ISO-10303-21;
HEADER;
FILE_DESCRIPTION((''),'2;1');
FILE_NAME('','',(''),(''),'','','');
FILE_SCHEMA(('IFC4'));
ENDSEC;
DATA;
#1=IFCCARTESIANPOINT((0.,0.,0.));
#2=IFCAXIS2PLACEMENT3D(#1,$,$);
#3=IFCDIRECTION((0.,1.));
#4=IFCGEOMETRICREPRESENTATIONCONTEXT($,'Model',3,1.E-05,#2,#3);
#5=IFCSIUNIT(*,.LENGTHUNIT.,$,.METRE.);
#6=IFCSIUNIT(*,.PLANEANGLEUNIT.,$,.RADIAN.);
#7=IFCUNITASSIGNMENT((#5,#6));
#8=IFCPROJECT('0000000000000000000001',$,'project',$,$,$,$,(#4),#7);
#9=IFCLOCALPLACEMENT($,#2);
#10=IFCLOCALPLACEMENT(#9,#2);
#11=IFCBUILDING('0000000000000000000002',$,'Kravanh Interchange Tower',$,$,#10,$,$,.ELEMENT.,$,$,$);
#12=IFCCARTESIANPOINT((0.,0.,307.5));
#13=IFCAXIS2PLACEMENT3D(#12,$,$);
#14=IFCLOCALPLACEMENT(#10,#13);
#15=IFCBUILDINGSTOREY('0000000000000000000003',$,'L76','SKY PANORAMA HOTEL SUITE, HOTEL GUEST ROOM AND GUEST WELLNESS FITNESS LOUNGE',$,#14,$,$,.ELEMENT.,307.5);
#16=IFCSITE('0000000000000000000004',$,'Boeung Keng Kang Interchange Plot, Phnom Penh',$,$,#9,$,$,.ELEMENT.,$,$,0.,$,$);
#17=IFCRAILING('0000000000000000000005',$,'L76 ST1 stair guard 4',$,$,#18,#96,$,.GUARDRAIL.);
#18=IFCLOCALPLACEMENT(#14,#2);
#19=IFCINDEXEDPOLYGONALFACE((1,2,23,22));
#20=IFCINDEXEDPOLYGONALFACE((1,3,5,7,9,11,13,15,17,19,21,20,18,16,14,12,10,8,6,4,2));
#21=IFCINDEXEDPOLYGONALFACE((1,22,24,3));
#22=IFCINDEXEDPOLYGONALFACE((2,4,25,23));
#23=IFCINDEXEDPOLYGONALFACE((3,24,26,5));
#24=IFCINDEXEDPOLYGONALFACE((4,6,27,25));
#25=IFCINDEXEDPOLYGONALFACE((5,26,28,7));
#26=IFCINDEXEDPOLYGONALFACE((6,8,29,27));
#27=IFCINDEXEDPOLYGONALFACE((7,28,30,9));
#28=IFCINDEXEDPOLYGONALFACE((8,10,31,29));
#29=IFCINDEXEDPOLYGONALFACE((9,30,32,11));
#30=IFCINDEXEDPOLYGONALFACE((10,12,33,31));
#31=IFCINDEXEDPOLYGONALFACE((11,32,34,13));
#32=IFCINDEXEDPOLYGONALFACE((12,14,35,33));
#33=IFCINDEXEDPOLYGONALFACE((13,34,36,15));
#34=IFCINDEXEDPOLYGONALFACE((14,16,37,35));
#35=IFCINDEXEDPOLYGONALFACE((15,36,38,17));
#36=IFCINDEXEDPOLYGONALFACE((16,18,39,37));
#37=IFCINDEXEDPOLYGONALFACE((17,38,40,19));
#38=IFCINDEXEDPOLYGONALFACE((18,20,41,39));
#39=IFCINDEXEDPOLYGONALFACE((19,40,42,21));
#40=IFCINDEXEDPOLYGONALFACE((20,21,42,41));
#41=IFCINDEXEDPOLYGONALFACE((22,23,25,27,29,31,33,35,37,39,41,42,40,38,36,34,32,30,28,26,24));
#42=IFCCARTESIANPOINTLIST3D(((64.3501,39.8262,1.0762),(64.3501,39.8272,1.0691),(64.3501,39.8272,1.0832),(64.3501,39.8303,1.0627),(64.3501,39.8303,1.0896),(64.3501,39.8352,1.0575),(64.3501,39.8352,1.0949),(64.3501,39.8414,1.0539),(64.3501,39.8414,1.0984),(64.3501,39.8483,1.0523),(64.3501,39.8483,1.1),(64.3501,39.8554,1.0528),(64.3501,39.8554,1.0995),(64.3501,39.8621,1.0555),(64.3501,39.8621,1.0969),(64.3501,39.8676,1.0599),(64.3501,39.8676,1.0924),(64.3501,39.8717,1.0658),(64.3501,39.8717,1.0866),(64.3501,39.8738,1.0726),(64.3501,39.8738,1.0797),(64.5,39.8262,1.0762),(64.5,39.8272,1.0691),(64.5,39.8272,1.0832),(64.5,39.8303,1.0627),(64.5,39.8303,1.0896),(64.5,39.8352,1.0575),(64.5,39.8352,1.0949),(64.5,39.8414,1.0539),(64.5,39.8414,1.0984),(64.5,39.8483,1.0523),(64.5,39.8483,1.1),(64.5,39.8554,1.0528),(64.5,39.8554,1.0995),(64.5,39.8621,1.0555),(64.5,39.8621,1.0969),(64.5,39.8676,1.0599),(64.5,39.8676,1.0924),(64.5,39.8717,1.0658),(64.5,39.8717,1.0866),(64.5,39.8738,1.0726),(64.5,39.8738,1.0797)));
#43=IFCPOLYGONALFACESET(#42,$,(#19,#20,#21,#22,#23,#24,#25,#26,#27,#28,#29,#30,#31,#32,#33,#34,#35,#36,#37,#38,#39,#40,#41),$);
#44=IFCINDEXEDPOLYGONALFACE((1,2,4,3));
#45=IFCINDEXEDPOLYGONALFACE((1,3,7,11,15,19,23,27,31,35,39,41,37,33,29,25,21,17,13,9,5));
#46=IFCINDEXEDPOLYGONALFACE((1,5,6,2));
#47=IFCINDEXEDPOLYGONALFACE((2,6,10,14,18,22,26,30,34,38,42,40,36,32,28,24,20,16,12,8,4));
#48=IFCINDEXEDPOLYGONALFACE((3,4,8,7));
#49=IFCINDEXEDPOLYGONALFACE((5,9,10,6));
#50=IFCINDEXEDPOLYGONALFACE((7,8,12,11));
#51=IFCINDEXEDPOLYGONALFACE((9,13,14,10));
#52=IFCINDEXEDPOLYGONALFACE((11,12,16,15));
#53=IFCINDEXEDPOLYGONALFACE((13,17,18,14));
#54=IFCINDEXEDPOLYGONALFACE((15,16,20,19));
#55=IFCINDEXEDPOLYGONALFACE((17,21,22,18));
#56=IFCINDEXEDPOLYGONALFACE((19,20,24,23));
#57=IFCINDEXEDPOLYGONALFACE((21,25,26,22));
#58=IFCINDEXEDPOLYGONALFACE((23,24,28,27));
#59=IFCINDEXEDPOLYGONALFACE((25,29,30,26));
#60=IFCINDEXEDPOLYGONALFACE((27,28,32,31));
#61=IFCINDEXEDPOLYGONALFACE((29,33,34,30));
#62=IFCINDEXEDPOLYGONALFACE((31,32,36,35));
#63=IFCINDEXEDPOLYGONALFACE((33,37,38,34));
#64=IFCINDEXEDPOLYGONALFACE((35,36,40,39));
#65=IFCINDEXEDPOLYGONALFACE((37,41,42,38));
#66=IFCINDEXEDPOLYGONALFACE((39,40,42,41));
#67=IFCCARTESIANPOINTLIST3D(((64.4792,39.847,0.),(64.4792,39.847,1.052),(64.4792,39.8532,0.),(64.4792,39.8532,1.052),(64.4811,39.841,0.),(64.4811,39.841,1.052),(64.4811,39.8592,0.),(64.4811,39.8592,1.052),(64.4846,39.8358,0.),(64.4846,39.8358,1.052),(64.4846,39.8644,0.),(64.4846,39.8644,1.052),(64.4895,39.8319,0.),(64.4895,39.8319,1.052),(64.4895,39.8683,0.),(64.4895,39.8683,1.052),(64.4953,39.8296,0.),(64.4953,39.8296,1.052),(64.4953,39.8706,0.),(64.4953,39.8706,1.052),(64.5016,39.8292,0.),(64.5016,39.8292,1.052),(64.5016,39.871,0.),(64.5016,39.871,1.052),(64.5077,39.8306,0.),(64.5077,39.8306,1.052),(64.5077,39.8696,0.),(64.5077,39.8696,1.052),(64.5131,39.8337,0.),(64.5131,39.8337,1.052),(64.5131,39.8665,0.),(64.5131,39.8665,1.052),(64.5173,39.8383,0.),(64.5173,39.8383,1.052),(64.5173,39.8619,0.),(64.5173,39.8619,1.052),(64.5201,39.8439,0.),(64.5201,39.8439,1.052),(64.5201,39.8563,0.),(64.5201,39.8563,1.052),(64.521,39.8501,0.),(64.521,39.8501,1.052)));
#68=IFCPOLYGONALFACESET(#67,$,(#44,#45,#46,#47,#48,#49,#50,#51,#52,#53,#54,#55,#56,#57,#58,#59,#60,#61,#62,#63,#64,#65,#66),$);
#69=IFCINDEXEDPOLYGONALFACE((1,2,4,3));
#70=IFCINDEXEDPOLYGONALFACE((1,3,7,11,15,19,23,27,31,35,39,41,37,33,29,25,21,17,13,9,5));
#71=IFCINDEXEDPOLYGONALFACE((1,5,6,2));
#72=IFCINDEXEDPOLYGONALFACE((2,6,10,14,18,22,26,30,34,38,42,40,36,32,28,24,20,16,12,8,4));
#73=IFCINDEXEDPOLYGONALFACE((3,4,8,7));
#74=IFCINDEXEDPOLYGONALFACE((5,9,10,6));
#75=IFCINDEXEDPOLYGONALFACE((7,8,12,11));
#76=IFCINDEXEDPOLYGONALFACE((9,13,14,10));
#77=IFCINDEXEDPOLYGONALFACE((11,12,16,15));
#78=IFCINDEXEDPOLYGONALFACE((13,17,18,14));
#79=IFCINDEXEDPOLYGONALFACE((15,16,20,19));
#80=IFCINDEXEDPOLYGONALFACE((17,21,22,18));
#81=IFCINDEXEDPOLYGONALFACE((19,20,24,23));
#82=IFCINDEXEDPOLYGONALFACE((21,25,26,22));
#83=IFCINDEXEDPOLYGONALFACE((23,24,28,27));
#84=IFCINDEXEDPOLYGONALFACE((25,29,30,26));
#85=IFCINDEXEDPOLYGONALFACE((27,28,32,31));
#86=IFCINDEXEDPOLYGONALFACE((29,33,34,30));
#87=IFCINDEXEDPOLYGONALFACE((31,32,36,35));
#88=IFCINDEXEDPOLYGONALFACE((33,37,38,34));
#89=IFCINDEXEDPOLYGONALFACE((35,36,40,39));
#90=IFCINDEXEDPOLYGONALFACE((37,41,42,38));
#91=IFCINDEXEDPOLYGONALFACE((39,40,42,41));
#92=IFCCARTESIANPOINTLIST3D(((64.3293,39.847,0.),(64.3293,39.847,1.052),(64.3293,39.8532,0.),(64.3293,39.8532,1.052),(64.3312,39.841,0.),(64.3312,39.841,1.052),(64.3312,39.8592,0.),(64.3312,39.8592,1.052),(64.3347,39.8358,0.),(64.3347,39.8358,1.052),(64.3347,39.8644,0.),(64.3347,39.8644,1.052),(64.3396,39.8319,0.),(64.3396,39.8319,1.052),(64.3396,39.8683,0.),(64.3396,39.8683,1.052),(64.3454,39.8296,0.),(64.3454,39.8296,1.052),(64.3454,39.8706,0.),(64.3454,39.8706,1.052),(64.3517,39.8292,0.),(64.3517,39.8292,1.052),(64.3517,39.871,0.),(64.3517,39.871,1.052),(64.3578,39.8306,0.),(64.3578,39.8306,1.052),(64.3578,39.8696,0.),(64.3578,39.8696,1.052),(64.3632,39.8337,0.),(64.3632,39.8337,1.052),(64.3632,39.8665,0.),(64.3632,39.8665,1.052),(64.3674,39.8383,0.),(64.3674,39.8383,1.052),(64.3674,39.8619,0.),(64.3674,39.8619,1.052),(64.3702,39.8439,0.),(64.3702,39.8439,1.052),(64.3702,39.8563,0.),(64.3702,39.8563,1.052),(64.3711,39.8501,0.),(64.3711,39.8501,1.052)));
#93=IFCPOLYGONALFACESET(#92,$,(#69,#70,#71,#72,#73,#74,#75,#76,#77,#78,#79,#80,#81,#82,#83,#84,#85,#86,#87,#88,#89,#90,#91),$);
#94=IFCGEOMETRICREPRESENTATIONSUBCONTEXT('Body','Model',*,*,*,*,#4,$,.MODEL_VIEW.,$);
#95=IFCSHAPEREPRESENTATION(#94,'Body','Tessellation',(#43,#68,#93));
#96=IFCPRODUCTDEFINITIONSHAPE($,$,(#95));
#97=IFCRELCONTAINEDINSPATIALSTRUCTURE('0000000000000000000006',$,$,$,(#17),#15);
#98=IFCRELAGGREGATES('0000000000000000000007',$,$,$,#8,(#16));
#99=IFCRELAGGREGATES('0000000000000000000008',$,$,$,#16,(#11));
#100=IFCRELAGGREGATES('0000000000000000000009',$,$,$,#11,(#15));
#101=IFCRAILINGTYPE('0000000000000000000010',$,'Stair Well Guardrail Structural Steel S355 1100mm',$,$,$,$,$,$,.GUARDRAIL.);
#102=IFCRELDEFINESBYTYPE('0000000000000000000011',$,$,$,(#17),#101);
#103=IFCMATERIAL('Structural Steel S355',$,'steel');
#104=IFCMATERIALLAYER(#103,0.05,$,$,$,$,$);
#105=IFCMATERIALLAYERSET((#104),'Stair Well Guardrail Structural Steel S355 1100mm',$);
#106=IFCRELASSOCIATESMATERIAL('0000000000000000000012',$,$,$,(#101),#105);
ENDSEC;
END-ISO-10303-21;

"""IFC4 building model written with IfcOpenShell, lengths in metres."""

from ifc_helpers import new_model, si_unit, direction, frame, origin, origin_2d, place, context, subcontext, project, spatial, circle, extrude, material, layer, layer_set, type_object, element, save


model = new_model("IFC4")

# Units and contexts
model_context = context("Model", 3, precision=1e-05, world=origin(), true_north=direction((0.0, 1.0)))
body_context = subcontext(model_context, "Body", "Model", "MODEL_VIEW")
ifc_project = project(units=[si_unit("LENGTHUNIT", "METRE"), si_unit("PLANEANGLEUNIT", "RADIAN")], contexts=[model_context])

# Site, building, storey
site_placement = place(None, origin())
site = spatial("IfcSite", under=ifc_project, at=site_placement, Name="Boeung Keng Kang Interchange Plot, Phnom Penh", CompositionType="ELEMENT", RefElevation=0.0)
building_placement = place(site_placement, origin())
building = spatial("IfcBuilding", under=site, at=building_placement, Name="Kravanh Interchange Tower", CompositionType="ELEMENT")
storey_placement = place(building_placement, frame((0.0, 0.0, 307.5)))
storey = spatial("IfcBuildingStorey", under=building, at=storey_placement, Name="L76", Description="SKY PANORAMA HOTEL SUITE, HOTEL GUEST ROOM AND GUEST WELLNESS FITNESS LOUNGE", CompositionType="ELEMENT", Elevation=307.5)

# Railing
ifc_material_1 = material(Name="Structural Steel S355", Category="steel")
ifc_layer_1 = layer(ifc_material_1, 0.05)
ifc_layer_set_1 = layer_set([ifc_layer_1], Name="Stair Well Guardrail Structural Steel S355 1100mm")
railing_type_1 = type_object("IfcRailingType", Name="Stair Well Guardrail Structural Steel S355 1100mm", PredefinedType="GUARDRAIL", material=ifc_layer_set_1)
railing_1_placement = place(storey_placement, frame((64.5, 39.8501, 0.0)))
element("IfcRailing", 1, at=railing_1_placement, inside=storey, type_object=railing_type_1, Name="L76 ST1 stair guard 4", PredefinedType="GUARDRAIL", context=body_context, shape_type="SweptSolid", body=[
    extrude(circle(Radius=0.0239, at=origin_2d()), frame((0.0, 0.0, 1.0762), z_axis=(-1.0, 0.0, 0.0), x_axis=(0.0, -1.0, 0.0)), (0.0, 0.0, 1.0), 0.1499),
    extrude(circle(Radius=0.021, at=origin_2d()), origin(), (0.0, 0.0, 1.0), 1.052),
    extrude(circle(Radius=0.021, at=origin_2d()), frame((-0.1499, 0.0, 0.0)), (0.0, 0.0, 1.0), 1.052),
])

save(model, "model.ifc")
